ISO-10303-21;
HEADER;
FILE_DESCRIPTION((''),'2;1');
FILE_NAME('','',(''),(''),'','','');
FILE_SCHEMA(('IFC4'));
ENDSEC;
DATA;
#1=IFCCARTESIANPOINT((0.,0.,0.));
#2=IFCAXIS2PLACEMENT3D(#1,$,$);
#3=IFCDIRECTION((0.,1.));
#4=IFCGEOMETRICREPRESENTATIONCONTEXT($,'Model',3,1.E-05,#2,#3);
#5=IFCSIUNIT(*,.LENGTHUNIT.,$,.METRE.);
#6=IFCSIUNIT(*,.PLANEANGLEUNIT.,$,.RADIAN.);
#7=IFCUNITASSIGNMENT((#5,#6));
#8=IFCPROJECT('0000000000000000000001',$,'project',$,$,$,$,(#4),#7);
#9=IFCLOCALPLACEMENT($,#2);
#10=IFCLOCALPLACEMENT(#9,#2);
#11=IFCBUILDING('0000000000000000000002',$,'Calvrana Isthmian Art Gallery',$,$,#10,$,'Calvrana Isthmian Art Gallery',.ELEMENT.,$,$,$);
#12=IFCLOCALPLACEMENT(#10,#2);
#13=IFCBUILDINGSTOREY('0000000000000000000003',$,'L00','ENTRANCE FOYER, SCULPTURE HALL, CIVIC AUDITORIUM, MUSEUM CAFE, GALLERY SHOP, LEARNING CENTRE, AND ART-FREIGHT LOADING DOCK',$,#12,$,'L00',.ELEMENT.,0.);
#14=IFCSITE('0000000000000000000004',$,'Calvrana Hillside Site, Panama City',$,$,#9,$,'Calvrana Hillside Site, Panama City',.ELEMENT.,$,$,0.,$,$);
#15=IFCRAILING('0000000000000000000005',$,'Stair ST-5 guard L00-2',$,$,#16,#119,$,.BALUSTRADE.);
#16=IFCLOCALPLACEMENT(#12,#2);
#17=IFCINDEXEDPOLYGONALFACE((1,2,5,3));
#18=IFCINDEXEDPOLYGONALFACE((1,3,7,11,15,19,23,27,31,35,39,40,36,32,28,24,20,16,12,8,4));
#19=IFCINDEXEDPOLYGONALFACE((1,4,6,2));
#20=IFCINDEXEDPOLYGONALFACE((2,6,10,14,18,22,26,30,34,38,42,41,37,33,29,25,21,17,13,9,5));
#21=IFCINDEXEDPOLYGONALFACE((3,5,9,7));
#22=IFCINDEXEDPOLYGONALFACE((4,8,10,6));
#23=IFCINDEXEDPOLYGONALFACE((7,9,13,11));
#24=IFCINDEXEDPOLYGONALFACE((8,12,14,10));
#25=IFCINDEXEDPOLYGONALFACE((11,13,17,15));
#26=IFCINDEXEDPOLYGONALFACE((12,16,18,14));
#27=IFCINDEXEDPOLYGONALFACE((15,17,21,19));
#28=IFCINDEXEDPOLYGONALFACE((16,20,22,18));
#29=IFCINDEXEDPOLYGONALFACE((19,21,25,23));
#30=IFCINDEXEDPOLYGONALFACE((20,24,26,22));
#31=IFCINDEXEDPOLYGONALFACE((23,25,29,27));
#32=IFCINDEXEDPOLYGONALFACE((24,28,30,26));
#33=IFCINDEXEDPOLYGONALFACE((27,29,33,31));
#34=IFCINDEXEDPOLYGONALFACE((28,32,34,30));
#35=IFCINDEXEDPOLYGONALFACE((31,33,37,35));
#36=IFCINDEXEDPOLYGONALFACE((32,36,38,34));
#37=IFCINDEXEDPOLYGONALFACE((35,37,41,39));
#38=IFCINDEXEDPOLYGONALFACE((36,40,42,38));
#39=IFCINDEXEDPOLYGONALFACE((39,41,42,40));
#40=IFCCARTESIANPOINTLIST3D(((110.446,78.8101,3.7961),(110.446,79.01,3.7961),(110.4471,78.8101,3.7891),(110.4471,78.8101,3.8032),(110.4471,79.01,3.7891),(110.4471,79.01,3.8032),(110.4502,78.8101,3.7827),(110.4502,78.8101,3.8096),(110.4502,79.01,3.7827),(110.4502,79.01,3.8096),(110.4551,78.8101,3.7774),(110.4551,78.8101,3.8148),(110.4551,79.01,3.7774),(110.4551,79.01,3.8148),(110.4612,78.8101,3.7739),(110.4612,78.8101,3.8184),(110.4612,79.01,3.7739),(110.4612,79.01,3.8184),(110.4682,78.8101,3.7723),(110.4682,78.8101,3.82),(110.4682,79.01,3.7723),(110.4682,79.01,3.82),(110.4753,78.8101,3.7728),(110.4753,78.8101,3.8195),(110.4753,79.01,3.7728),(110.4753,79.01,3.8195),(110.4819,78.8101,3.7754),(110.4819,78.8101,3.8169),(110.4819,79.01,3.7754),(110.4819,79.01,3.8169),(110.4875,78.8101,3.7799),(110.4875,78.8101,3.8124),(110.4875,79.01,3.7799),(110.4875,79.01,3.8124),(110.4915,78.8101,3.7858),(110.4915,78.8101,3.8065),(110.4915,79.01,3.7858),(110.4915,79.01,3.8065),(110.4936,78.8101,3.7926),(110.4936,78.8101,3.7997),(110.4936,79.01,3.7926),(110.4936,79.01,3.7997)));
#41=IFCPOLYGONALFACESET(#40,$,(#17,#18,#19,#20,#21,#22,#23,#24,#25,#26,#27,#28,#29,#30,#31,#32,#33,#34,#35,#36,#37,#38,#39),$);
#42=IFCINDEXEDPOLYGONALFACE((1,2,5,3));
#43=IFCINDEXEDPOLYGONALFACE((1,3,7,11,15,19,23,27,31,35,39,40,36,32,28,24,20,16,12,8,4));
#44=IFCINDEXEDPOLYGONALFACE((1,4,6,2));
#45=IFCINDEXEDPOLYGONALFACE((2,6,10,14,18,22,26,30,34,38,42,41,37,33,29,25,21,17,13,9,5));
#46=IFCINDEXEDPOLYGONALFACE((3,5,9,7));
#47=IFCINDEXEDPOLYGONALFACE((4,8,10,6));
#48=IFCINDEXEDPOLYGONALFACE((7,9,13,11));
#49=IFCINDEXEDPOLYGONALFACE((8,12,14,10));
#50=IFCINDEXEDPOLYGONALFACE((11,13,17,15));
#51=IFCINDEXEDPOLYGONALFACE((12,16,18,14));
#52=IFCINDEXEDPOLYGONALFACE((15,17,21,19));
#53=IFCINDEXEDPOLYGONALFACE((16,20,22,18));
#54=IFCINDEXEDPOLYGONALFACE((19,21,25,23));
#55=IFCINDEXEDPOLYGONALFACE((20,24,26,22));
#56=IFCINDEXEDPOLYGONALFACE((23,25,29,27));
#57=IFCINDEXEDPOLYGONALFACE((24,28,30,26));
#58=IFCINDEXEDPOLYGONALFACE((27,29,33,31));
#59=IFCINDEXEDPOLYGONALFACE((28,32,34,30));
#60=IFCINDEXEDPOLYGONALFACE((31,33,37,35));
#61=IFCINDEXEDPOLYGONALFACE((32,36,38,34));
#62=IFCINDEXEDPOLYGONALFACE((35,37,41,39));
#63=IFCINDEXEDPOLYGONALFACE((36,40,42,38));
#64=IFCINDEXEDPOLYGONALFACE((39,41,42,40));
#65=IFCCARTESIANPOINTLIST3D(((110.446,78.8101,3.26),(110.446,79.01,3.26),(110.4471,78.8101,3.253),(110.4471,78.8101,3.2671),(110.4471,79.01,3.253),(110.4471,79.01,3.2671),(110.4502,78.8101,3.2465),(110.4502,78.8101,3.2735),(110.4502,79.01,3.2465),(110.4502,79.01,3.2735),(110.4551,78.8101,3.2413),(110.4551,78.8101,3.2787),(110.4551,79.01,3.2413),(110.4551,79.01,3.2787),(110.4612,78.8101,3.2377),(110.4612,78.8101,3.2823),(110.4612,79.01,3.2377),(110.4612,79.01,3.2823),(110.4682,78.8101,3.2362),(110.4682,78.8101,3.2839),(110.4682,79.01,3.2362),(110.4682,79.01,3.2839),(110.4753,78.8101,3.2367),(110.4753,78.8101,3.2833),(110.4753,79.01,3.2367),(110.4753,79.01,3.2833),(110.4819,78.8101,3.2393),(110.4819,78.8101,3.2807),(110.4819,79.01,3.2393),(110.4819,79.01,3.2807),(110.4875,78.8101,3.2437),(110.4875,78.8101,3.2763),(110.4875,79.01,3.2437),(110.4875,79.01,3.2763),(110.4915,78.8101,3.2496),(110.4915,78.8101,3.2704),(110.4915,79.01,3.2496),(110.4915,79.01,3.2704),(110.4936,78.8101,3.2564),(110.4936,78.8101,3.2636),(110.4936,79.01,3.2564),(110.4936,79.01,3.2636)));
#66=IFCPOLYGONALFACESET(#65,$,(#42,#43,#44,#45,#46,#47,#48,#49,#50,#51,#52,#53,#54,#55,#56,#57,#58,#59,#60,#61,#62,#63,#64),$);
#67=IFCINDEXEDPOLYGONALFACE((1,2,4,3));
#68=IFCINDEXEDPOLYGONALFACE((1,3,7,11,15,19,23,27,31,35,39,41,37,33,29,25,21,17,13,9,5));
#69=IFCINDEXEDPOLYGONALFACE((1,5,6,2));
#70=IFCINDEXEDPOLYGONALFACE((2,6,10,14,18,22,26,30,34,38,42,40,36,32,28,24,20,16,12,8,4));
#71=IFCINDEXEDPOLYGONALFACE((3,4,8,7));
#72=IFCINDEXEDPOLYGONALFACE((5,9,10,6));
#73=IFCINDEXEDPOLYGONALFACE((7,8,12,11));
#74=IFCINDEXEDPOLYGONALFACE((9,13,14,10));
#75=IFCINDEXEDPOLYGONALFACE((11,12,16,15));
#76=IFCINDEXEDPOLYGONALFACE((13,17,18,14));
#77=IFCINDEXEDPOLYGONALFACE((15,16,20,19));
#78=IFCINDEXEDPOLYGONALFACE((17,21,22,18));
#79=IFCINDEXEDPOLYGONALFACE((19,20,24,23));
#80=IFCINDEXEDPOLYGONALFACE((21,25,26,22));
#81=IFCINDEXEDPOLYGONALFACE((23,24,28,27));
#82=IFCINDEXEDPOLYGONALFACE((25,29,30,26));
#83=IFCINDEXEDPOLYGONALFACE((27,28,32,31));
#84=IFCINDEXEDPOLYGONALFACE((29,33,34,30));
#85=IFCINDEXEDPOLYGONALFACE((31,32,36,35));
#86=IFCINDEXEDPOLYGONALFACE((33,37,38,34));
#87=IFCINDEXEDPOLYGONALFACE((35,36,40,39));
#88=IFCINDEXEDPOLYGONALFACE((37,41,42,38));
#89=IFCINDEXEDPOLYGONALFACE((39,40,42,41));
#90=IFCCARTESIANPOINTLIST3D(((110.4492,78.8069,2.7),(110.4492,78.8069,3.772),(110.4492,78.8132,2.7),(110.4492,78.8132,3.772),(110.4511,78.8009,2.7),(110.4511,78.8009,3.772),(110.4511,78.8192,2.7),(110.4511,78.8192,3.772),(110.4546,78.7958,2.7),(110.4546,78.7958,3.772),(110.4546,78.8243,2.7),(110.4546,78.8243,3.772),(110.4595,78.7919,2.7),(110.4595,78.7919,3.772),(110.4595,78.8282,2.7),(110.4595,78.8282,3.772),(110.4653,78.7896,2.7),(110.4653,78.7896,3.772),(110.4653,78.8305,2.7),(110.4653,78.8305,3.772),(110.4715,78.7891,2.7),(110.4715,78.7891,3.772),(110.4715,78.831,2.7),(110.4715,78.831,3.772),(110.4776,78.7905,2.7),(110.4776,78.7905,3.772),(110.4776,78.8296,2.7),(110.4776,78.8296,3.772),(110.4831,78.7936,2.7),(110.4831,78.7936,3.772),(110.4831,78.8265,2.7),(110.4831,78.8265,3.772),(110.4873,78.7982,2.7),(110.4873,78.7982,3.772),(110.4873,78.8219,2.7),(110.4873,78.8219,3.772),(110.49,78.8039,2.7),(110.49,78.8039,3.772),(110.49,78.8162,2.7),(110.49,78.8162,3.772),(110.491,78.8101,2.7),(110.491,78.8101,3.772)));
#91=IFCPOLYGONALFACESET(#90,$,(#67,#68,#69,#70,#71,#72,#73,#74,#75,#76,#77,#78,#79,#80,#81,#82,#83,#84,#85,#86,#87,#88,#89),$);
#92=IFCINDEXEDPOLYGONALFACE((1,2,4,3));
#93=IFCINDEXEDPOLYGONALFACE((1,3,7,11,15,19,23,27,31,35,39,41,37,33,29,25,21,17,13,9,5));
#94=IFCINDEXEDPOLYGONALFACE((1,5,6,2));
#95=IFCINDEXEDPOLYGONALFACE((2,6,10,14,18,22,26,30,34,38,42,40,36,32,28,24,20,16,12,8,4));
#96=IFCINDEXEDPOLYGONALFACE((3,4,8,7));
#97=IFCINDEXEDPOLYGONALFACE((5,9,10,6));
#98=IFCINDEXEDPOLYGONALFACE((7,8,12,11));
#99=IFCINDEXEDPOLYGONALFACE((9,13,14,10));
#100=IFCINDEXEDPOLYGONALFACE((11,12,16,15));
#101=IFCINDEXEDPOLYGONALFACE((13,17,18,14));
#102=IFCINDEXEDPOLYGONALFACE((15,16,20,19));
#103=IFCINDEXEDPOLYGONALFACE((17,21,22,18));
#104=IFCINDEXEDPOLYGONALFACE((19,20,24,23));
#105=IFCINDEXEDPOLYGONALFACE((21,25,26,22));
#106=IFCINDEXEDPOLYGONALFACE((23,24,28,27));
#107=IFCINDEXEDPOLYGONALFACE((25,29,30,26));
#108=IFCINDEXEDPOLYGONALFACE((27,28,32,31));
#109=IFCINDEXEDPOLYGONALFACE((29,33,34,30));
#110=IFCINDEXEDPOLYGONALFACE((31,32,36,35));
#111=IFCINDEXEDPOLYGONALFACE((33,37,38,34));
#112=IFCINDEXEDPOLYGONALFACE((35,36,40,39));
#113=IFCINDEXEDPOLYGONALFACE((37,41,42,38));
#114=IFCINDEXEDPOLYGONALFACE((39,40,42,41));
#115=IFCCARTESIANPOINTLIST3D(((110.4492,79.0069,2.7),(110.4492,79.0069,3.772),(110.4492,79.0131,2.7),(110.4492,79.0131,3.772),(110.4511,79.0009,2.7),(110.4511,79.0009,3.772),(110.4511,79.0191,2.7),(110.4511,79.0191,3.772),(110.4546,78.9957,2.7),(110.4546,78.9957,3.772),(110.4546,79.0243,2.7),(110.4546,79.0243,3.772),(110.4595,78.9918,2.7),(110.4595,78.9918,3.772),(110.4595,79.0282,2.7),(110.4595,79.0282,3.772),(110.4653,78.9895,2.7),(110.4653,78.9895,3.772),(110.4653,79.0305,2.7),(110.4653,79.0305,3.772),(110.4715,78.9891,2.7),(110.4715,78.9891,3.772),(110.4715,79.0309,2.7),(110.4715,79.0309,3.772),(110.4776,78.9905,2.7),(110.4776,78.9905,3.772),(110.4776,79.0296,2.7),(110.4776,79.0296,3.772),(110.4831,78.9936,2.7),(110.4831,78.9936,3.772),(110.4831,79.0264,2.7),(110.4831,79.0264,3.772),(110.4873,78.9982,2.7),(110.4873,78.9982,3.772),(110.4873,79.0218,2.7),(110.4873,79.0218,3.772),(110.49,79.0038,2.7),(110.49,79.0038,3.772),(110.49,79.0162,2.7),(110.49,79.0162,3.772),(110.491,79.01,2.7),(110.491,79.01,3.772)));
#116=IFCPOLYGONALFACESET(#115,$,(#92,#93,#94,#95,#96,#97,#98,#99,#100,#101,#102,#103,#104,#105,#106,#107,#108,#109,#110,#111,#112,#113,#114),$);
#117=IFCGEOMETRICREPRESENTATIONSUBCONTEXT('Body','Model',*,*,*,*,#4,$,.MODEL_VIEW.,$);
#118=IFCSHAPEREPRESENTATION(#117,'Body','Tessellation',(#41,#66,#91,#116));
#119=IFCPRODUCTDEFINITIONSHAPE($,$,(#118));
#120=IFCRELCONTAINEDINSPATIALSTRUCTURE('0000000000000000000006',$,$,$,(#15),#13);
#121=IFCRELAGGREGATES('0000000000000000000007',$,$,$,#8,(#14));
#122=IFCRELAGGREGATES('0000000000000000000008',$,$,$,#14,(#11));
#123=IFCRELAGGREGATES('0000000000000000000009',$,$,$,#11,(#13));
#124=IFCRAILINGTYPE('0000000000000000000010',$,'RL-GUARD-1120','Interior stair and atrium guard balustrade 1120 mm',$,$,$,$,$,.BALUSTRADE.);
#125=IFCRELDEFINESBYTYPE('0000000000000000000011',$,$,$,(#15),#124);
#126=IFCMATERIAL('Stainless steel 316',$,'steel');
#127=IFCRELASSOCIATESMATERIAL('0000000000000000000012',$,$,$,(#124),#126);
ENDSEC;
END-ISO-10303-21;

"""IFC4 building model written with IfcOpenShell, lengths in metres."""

from ifc_helpers import new_model, si_unit, direction, frame, origin, origin_2d, place, context, subcontext, project, spatial, circle, extrude, material, type_object, element, save


model = new_model("IFC4")

# Units and contexts
model_context = context("Model", 3, precision=1e-05, world=origin(), true_north=direction((0.0, 1.0)))
body_context = subcontext(model_context, "Body", "Model", "MODEL_VIEW")
ifc_project = project(units=[si_unit("LENGTHUNIT", "METRE"), si_unit("PLANEANGLEUNIT", "RADIAN")], contexts=[model_context])

# Site, building, storey
site_placement = place(None, origin())
site = spatial("IfcSite", under=ifc_project, at=site_placement, Name="Calvrana Hillside Site, Panama City", LongName="Calvrana Hillside Site, Panama City", CompositionType="ELEMENT", RefElevation=0.0)
building_placement = place(site_placement, origin())
building = spatial("IfcBuilding", under=site, at=building_placement, Name="Calvrana Isthmian Art Gallery", LongName="Calvrana Isthmian Art Gallery", CompositionType="ELEMENT")
storey_placement = place(building_placement, origin())
storey = spatial("IfcBuildingStorey", under=building, at=storey_placement, Name="L00", Description="ENTRANCE FOYER, SCULPTURE HALL, CIVIC AUDITORIUM, MUSEUM CAFE, GALLERY SHOP, LEARNING CENTRE, AND ART-FREIGHT LOADING DOCK", LongName="L00", CompositionType="ELEMENT", Elevation=0.0)

# Shared definitions
ifc_material_1 = material(Name="Stainless steel 316", Category="steel")

# Railing
railing_type = type_object("IfcRailingType", Name="RL-GUARD-1120", Description="Interior stair and atrium guard balustrade 1120 mm", PredefinedType="BALUSTRADE", material=ifc_material_1)
railing_placement = place(storey_placement, frame((110.47, 78.8101, 2.7)))
element("IfcRailing", 1, at=railing_placement, inside=storey, type_object=railing_type, Name="Stair ST-5 guard L00-2", PredefinedType="BALUSTRADE", context=body_context, shape_type="SweptSolid", body=[
    extrude(circle(Radius=0.0239, at=origin_2d()), frame((0.0, 0.0, 1.0962), z_axis=(0.0, 1.0, 0.0), x_axis=(-1.0, 0.0, 0.0)), (0.0, 0.0, 1.0), 0.2),
    extrude(circle(Radius=0.0239, at=origin_2d()), frame((0.0, 0.0, 0.5601), z_axis=(0.0, 1.0, 0.0), x_axis=(-1.0, 0.0, 0.0)), (0.0, 0.0, 1.0), 0.2),
    extrude(circle(Radius=0.021, at=origin_2d()), origin(), (0.0, 0.0, 1.0), 1.072),
    extrude(circle(Radius=0.021, at=origin_2d()), frame((0.0, 0.2, 0.0)), (0.0, 0.0, 1.0), 1.072),
])

save(model, "model.ifc")
